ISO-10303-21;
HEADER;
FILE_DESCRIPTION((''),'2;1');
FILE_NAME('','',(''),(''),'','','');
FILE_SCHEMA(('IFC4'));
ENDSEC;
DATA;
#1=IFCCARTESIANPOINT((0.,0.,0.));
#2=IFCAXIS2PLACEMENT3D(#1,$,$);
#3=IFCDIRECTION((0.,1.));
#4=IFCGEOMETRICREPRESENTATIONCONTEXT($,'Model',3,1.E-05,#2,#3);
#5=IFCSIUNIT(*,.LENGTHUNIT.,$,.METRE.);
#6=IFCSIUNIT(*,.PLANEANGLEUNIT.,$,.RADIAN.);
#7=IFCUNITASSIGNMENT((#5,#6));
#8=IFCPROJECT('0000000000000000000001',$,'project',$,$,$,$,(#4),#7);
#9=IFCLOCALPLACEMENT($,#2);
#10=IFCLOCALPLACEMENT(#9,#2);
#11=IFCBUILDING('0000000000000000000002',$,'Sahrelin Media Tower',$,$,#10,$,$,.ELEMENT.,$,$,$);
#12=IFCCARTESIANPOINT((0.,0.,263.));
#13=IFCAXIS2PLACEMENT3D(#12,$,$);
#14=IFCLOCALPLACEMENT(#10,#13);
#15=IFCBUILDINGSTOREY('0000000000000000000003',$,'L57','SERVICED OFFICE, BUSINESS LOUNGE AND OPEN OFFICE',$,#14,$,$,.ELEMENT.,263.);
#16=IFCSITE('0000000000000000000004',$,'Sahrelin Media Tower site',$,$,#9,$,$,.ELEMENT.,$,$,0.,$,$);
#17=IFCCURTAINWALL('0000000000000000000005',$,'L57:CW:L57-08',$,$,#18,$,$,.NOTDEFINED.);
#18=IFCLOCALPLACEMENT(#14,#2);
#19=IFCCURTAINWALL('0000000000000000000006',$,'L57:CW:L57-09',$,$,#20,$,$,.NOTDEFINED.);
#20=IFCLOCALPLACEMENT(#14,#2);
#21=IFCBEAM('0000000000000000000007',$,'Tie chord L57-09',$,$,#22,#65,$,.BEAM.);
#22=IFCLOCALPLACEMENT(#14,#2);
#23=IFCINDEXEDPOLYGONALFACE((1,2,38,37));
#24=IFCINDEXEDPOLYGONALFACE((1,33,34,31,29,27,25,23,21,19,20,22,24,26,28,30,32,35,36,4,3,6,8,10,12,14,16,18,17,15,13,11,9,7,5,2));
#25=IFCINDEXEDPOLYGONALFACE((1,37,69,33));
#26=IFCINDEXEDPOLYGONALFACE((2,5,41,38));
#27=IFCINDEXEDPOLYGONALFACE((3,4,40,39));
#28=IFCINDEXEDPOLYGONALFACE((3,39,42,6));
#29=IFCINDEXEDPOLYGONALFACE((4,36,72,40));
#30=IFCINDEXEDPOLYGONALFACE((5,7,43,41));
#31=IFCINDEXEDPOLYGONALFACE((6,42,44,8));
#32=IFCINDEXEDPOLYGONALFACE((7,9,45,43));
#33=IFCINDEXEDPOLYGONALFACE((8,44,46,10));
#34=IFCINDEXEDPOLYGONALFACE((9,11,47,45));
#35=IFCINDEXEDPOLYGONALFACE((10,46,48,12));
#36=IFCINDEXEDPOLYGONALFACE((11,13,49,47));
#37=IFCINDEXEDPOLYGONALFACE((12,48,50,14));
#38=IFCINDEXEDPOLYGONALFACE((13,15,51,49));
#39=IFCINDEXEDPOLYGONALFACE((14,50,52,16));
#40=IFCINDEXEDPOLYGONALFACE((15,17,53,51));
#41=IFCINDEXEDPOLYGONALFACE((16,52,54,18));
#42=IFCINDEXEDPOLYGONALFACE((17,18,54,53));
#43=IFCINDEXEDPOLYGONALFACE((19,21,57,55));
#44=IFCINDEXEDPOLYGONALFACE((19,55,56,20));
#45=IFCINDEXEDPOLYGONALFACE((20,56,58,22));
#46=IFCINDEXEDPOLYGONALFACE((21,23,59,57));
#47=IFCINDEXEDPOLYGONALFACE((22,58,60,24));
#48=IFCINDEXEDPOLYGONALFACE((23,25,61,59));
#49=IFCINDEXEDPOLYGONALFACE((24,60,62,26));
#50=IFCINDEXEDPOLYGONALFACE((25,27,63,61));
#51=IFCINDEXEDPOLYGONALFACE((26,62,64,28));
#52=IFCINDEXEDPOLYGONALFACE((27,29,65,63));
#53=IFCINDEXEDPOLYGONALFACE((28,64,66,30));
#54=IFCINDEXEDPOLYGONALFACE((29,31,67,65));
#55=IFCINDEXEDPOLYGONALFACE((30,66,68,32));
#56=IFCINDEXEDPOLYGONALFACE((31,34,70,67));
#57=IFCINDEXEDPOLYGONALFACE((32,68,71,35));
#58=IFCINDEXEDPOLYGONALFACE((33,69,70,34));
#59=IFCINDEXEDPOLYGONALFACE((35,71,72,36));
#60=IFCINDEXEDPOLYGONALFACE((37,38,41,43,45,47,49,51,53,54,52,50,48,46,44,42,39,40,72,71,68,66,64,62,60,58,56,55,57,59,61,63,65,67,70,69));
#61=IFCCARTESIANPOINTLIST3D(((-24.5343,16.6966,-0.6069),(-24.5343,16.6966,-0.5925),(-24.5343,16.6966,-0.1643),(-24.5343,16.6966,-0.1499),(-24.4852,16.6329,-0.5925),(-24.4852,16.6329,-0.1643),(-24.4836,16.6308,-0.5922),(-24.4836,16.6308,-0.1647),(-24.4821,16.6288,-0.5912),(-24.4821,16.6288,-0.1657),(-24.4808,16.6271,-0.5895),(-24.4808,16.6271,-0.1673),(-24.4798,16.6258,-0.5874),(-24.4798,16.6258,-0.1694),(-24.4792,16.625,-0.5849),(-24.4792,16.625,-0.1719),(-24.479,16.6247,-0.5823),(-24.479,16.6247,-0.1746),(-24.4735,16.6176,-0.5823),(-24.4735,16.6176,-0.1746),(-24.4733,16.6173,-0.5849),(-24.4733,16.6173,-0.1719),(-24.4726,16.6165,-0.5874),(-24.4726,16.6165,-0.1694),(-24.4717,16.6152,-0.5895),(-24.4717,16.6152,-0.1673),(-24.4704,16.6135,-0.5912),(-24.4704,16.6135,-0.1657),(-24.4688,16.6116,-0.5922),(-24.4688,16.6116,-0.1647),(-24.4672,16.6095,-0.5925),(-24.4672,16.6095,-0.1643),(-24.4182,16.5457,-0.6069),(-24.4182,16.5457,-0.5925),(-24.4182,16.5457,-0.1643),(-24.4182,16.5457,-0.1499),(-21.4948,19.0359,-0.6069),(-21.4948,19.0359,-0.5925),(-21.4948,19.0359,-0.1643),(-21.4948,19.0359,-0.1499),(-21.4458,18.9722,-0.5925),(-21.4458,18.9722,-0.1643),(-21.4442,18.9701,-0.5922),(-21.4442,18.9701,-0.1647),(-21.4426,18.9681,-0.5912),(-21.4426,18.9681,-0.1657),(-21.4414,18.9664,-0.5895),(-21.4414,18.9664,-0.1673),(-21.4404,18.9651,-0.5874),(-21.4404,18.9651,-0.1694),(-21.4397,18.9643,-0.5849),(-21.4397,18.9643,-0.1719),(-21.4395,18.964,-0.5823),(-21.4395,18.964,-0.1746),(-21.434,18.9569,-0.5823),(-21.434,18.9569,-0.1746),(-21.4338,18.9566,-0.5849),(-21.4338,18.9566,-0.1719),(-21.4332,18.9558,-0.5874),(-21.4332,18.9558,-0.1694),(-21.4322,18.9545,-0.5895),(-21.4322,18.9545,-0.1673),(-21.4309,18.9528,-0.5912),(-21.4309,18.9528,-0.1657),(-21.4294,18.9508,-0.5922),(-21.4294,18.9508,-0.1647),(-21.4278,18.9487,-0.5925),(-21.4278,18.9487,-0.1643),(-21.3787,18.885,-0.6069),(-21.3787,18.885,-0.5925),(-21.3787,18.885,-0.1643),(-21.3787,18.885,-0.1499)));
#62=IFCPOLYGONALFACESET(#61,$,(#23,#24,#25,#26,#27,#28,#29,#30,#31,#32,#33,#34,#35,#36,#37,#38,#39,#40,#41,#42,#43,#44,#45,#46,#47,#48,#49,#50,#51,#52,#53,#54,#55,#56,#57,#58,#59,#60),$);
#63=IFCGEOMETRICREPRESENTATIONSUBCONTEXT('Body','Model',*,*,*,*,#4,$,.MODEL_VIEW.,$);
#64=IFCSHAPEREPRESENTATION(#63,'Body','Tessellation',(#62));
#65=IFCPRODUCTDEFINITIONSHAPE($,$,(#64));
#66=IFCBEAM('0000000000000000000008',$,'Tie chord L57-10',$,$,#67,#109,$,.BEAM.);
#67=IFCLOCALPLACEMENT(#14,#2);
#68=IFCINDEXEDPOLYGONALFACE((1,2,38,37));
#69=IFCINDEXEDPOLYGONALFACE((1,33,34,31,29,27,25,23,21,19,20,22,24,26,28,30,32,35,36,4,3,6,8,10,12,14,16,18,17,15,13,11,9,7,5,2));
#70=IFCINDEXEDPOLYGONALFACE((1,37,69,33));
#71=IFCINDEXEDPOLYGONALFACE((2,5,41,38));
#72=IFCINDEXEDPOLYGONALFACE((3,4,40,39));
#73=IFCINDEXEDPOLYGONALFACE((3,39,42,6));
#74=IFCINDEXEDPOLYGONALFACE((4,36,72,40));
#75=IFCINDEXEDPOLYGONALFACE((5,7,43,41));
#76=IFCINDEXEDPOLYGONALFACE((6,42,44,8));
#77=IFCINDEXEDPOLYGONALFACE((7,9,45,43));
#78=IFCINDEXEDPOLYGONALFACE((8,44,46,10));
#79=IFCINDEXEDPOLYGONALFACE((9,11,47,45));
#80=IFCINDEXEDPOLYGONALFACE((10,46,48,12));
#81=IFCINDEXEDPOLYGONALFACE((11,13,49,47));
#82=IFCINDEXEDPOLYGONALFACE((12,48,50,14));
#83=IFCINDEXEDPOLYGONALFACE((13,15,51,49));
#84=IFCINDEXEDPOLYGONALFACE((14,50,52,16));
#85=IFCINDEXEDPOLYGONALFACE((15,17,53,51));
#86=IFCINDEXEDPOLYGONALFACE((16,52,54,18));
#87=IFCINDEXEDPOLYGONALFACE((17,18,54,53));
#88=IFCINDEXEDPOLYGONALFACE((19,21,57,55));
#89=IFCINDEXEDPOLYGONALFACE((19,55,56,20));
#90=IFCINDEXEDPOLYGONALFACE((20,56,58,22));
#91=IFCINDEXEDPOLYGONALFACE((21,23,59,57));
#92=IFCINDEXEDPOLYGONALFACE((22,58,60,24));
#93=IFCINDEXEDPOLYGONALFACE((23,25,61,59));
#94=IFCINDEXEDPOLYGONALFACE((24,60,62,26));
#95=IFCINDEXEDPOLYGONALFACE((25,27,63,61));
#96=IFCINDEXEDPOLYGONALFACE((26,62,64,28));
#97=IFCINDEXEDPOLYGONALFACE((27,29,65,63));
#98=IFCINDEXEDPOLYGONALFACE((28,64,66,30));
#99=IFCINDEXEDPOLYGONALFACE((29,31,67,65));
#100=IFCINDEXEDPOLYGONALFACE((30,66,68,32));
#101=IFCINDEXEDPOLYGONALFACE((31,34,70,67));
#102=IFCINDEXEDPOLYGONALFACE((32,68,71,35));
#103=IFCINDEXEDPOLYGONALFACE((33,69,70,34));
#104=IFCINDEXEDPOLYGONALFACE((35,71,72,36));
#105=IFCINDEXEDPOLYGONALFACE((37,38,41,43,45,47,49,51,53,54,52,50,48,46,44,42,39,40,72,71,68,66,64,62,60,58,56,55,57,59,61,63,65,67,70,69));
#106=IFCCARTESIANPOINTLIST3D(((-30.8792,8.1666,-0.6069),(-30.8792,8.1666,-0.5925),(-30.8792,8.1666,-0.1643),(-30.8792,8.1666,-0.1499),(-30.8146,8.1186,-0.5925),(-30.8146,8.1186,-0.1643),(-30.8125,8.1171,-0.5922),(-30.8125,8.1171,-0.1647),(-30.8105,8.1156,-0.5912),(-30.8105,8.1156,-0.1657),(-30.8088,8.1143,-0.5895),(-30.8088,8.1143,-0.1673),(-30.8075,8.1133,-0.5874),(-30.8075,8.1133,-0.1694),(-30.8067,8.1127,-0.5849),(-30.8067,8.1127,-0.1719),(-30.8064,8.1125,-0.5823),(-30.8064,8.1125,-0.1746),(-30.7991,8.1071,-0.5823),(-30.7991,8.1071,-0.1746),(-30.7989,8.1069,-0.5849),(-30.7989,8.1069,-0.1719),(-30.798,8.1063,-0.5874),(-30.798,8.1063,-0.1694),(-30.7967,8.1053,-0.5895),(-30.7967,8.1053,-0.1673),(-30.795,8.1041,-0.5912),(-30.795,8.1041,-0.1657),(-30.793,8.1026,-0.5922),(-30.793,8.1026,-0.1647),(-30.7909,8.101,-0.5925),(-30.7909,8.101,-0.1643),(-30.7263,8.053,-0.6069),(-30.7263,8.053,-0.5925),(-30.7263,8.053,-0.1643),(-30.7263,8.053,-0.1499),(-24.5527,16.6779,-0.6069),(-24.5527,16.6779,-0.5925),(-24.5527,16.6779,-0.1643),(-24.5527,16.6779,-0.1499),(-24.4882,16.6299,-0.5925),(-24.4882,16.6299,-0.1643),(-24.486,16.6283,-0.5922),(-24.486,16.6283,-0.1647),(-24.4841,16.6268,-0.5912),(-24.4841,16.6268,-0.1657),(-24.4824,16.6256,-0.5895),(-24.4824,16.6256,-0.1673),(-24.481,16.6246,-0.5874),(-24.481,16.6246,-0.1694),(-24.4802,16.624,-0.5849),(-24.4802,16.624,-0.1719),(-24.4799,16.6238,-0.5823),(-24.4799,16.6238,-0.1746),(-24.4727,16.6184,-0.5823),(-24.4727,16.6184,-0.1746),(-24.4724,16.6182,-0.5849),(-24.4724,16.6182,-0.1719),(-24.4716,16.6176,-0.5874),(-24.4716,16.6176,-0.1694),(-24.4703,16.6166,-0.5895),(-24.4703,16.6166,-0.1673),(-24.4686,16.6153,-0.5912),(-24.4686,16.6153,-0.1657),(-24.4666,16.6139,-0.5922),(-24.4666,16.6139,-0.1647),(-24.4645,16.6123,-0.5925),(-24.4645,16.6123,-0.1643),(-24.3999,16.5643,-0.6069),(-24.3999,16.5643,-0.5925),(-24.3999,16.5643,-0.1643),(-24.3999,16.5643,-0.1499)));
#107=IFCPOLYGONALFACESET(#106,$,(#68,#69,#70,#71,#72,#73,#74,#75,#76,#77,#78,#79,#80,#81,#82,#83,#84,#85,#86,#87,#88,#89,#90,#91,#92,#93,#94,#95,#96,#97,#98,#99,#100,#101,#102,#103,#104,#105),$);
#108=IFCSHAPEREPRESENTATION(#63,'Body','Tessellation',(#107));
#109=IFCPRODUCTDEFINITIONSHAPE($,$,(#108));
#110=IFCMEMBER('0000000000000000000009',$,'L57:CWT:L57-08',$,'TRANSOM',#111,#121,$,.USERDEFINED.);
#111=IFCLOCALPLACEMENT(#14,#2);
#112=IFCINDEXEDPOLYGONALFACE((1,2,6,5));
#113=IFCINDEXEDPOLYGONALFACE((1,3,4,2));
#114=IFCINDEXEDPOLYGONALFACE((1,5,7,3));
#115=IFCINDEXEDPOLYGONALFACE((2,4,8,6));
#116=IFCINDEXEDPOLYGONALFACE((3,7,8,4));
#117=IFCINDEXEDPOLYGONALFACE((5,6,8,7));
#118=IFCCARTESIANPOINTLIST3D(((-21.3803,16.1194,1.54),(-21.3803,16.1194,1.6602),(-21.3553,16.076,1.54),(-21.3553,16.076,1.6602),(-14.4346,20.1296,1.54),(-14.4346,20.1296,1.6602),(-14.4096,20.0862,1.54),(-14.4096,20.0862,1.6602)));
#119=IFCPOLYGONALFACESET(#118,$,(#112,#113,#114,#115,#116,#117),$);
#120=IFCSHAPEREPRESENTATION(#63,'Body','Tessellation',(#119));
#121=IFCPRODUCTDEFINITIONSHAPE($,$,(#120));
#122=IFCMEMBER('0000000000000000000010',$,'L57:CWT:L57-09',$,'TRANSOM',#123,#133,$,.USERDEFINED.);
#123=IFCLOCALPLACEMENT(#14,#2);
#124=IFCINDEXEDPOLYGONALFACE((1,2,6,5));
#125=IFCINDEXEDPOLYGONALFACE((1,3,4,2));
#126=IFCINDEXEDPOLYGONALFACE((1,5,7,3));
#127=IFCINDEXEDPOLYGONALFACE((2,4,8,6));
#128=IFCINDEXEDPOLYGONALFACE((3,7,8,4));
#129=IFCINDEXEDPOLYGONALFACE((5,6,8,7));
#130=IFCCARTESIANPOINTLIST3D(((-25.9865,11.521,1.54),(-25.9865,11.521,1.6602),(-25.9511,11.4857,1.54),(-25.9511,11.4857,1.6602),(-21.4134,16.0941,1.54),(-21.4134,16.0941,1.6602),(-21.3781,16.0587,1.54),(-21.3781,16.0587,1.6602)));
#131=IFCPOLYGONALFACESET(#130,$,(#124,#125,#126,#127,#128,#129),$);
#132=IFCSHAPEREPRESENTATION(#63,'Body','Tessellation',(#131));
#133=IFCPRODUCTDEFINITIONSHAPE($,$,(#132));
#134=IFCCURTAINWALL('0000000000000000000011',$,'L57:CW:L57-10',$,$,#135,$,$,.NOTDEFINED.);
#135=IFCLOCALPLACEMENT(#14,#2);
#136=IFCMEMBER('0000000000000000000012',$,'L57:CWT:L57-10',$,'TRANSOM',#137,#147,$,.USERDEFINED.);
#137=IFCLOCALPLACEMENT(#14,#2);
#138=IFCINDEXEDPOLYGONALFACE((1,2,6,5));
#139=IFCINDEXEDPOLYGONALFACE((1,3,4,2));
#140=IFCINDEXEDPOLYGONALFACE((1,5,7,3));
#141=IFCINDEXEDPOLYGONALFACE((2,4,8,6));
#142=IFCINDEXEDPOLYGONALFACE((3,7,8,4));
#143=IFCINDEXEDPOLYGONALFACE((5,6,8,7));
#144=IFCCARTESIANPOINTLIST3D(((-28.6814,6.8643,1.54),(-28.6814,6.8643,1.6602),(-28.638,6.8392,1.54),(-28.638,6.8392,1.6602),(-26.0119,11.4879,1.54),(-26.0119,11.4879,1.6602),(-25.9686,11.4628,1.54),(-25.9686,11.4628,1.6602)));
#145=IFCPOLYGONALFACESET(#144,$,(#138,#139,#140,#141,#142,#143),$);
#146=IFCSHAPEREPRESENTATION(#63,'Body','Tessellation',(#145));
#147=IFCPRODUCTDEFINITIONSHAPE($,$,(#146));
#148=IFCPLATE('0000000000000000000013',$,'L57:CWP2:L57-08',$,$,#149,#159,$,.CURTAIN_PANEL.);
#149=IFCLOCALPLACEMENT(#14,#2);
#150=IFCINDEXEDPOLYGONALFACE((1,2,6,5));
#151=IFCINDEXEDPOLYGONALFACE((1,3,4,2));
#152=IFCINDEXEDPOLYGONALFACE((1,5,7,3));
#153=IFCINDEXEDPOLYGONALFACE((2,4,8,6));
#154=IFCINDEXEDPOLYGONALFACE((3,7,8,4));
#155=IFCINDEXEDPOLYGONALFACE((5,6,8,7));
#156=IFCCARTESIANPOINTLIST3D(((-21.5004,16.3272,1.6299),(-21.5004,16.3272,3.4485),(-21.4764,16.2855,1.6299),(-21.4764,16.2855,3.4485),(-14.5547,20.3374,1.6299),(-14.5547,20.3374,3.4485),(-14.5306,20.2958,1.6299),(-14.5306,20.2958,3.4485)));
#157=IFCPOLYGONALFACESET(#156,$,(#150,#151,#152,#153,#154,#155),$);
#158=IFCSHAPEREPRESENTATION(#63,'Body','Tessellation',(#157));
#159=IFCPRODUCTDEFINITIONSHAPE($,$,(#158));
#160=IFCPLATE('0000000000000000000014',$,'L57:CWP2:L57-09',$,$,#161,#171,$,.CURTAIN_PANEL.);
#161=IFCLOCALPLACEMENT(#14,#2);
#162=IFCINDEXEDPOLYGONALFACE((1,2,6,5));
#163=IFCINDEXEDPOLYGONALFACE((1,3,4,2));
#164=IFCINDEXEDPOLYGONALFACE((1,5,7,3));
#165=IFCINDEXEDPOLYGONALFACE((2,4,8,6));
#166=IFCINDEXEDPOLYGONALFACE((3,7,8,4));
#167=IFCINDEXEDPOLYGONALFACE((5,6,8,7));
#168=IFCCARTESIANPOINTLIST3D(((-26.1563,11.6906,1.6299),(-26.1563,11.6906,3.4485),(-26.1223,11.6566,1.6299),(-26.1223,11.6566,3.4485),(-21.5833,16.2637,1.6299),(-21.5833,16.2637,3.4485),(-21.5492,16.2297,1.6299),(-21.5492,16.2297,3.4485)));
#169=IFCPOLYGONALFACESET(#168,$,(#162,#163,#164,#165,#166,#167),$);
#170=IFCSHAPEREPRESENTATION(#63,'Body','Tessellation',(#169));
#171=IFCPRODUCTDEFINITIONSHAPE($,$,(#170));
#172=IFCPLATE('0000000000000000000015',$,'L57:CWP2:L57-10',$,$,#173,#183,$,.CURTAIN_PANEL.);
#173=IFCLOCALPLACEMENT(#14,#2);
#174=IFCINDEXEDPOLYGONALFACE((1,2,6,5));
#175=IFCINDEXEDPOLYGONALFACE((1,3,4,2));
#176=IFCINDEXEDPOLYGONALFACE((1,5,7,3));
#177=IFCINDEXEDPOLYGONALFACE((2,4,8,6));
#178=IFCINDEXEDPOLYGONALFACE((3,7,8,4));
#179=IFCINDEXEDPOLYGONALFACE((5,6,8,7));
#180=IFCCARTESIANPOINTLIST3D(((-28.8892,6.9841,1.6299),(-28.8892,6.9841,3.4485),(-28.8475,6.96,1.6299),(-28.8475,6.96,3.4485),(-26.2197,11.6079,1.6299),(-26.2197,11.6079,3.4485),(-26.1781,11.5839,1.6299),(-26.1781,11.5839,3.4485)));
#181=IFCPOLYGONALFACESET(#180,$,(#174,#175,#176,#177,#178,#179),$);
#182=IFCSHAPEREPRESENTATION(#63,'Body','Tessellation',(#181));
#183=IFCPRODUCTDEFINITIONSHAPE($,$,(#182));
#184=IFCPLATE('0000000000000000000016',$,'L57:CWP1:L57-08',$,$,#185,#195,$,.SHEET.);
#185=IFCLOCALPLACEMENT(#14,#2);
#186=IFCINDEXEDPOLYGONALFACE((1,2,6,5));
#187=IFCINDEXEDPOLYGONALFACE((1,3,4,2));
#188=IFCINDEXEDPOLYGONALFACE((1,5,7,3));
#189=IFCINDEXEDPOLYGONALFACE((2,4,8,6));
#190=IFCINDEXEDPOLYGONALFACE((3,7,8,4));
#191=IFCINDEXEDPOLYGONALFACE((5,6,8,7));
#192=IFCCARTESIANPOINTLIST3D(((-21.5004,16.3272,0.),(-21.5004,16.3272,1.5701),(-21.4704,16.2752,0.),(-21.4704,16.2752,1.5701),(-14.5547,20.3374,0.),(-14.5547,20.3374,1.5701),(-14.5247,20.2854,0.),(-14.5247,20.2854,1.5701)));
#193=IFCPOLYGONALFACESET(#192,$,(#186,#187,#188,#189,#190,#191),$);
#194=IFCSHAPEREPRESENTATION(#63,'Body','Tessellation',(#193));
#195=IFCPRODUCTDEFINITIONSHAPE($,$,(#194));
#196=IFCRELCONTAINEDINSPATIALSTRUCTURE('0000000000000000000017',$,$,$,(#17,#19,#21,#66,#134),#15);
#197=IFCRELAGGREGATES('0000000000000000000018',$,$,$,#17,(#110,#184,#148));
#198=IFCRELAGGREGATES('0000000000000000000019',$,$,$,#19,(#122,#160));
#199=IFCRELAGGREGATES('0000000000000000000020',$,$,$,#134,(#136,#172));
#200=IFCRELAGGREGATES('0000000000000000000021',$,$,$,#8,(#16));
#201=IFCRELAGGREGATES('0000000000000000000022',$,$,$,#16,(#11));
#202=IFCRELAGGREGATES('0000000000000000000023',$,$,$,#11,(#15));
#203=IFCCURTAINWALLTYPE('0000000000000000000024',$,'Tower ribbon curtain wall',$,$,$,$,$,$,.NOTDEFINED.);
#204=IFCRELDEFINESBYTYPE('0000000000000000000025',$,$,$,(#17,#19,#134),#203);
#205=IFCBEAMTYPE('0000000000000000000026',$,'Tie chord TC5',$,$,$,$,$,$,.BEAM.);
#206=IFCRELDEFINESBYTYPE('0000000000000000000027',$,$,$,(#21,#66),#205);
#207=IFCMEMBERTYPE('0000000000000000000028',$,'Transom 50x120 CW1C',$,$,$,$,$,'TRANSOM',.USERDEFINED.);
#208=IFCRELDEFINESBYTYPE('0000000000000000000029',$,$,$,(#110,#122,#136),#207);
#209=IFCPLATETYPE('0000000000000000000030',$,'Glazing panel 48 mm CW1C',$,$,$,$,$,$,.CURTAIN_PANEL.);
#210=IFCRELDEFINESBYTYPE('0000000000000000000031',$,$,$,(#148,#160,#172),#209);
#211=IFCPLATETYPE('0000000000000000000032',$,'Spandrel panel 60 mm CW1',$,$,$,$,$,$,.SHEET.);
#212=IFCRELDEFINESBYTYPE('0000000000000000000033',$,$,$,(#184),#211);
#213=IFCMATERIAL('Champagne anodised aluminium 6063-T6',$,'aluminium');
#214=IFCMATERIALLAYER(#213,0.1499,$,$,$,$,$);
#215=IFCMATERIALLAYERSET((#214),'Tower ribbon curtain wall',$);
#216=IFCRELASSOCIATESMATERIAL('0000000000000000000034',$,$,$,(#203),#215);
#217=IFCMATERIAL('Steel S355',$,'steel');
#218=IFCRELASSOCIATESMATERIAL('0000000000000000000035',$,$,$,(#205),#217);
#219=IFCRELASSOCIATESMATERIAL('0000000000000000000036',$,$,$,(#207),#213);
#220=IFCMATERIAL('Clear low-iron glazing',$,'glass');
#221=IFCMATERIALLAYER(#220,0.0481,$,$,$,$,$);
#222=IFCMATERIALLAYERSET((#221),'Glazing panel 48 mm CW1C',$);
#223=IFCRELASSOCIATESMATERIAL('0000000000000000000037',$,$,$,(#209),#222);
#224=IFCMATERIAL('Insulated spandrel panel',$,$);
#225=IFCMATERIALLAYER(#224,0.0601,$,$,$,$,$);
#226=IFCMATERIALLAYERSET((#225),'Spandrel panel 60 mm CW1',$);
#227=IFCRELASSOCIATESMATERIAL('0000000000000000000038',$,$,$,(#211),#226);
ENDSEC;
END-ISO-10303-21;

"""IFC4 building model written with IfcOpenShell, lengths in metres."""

from ifc_helpers import new_model, si_unit, direction, frame, origin, origin_2d, place, context, subcontext, project, spatial, polyline, rectangle, i_section, outline, extrude, material, layer, layer_set, material_profile, profile_set, type_object, element, aggregate, save


model = new_model("IFC4")

# Units and contexts
model_context = context("Model", 3, precision=1e-05, world=origin(), true_north=direction((0.0, 1.0)))
body_context = subcontext(model_context, "Body", "Model", "MODEL_VIEW")
ifc_project = project(units=[si_unit("LENGTHUNIT", "METRE"), si_unit("PLANEANGLEUNIT", "RADIAN")], contexts=[model_context])

# Site, building, storey
site_placement = place(None, origin())
site = spatial("IfcSite", under=ifc_project, at=site_placement, Name="Sahrelin Media Tower site", CompositionType="ELEMENT", RefElevation=0.0)
building_placement = place(site_placement, origin())
building = spatial("IfcBuilding", under=site, at=building_placement, Name="Sahrelin Media Tower", CompositionType="ELEMENT")
storey_placement = place(building_placement, frame((0.0, 0.0, 263.0)))
storey = spatial("IfcBuildingStorey", under=building, at=storey_placement, Name="L57", Description="SERVICED OFFICE, BUSINESS LOUNGE AND OPEN OFFICE", CompositionType="ELEMENT", Elevation=263.0)

# Shared definitions
ifc_material_1 = material(Name="Steel S355", Category="steel")

# Curtain walls
ifc_material_2 = material(Name="Champagne anodised aluminium 6063-T6", Category="aluminium")
ifc_layer_1 = layer(ifc_material_2, 0.1499)
ifc_layer_set_1 = layer_set([ifc_layer_1], Name="Tower ribbon curtain wall")
curtain_wall_type = type_object("IfcCurtainWallType", Name="Tower ribbon curtain wall", PredefinedType="NOTDEFINED", material=ifc_layer_set_1)
curtain_wall_1_placement = place(storey_placement, frame((-18.0176, 18.3149, 0.0), z_axis=(0.0, 0.0, 1.0), x_axis=(1.0, 0.0, 0.0)))
curtain_wall_1 = element("IfcCurtainWall", 1, at=curtain_wall_1_placement, inside=storey, type_object=curtain_wall_type, Name="L57:CW:L57-08", PredefinedType="NOTDEFINED")
curtain_wall_2_placement = place(storey_placement, frame((-23.8557, 13.9631, 0.0), z_axis=(0.0, 0.0, 1.0), x_axis=(1.0, 0.0, 0.0)))
curtain_wall_2 = element("IfcCurtainWall", 2, at=curtain_wall_2_placement, inside=storey, type_object=curtain_wall_type, Name="L57:CW:L57-09", PredefinedType="NOTDEFINED")

# Beams
ifc_material_profile_1 = material_profile(ifc_material_1, i_section(OverallWidth=0.1904, OverallDepth=0.457, WebThickness=0.009, FlangeThickness=0.0144, FilletRadius=0.0103, at=origin_2d()), Name="UB 457x191x74")
ifc_profile_set_1 = profile_set([ifc_material_profile_1], Name="Steel S355")
beam_type_1 = type_object("IfcBeamType", Name="Tie chord TC5", PredefinedType="BEAM", material=ifc_profile_set_1)
beam_1_placement = place(storey_placement, frame((-21.4368, 18.9604, -0.3784), z_axis=(-0.792468, -0.609914, 0.0), x_axis=(0.609914, -0.792468, 0.0)))
element("IfcBeam", 3, at=beam_1_placement, inside=storey, type_object=beam_type_1, Name="Tie chord L57-09", PredefinedType="BEAM", context=body_context, shape_type="SweptSolid", body=[
    extrude(i_section(OverallWidth=0.1904, OverallDepth=0.457, WebThickness=0.009, FlangeThickness=0.0144, FilletRadius=0.0103, at=origin_2d()), origin(), (0.0, 0.0, 1.0), 3.8354),
])
beam_2_placement = place(storey_placement, frame((-24.4763, 16.6211, -0.3784), z_axis=(-0.596554, -0.802573, 0.0), x_axis=(0.802573, -0.596554, 0.0)))
element("IfcBeam", 4, at=beam_2_placement, inside=storey, type_object=beam_type_1, Name="Tie chord L57-10", PredefinedType="BEAM", context=body_context, shape_type="SweptSolid", body=[
    extrude(i_section(OverallWidth=0.1904, OverallDepth=0.457, WebThickness=0.009, FlangeThickness=0.0144, FilletRadius=0.0103, at=origin_2d()), origin(), (0.0, 0.0, 1.0), 10.605),
])

# Members
ifc_material_profile_2 = material_profile(ifc_material_2, rectangle(XDim=0.05, YDim=0.1201, at=origin_2d()), Name="Transom 50x120")
ifc_profile_set_2 = profile_set([ifc_material_profile_2], Name="Champagne anodised aluminium 6063-T6")
member_type_1 = type_object("IfcMemberType", Name="Transom 50x120 CW1C", ElementType="TRANSOM", PredefinedType="USERDEFINED", material=ifc_profile_set_2)
member_1_placement = place(storey_placement, frame((-14.4221, 20.1079, 1.6001), z_axis=(-0.86602, -0.500009, 0.0), x_axis=(0.500009, -0.86602, 0.0)))
member_1 = element("IfcMember", 5, at=member_1_placement, type_object=member_type_1, Name="L57:CWT:L57-08", ObjectType="TRANSOM", PredefinedType="USERDEFINED", context=body_context, shape_type="SweptSolid", body=[
    extrude(rectangle(XDim=0.05, YDim=0.1201, at=origin_2d()), origin(), (0.0, 0.0, 1.0), 8.0203),
])
member_2_placement = place(storey_placement, frame((-21.3958, 16.0764, 1.6001), z_axis=(-0.707107, -0.707107, 0.0), x_axis=(0.707107, -0.707107, 0.0)))
member_2 = element("IfcMember", 6, at=member_2_placement, type_object=member_type_1, Name="L57:CWT:L57-09", ObjectType="TRANSOM", PredefinedType="USERDEFINED", context=body_context, shape_type="SweptSolid", body=[
    extrude(rectangle(XDim=0.05, YDim=0.1201, at=origin_2d()), origin(), (0.0, 0.0, 1.0), 6.4673),
])

# Curtain wall, member
curtain_wall_3_placement = place(storey_placement, frame((-27.5371, 9.2859, 0.0), z_axis=(0.0, 0.0, 1.0), x_axis=(1.0, 0.0, 0.0)))
curtain_wall_3 = element("IfcCurtainWall", 7, at=curtain_wall_3_placement, inside=storey, type_object=curtain_wall_type, Name="L57:CW:L57-10", PredefinedType="NOTDEFINED")
member_3_placement = place(storey_placement, frame((-25.9902, 11.4753, 1.6001), z_axis=(-0.500005, -0.866023, 0.0), x_axis=(0.866023, -0.500005, 0.0)))
member_3 = element("IfcMember", 8, at=member_3_placement, type_object=member_type_1, Name="L57:CWT:L57-10", ObjectType="TRANSOM", PredefinedType="USERDEFINED", context=body_context, shape_type="SweptSolid", body=[
    extrude(rectangle(XDim=0.05, YDim=0.1201, at=origin_2d()), origin(), (0.0, 0.0, 1.0), 5.3389),
])

# Plates
ifc_material_3 = material(Name="Clear low-iron glazing", Category="glass")
ifc_layer_2 = layer(ifc_material_3, 0.0481)
ifc_layer_set_2 = layer_set([ifc_layer_2], Name="Glazing panel 48 mm CW1C")
plate_type_1 = type_object("IfcPlateType", Name="Glazing panel 48 mm CW1C", PredefinedType="CURTAIN_PANEL", material=ifc_layer_set_2)
plate_1_placement = place(storey_placement, frame((-14.5547, 20.3374, 1.6299), z_axis=(-0.500009, 0.86602, 0.0), x_axis=(-0.86602, -0.500009, 0.0)))
plate_1 = element("IfcPlate", 9, at=plate_1_placement, type_object=plate_type_1, Name="L57:CWP2:L57-08", PredefinedType="CURTAIN_PANEL", context=body_context, shape_type="SweptSolid", body=[
    extrude(outline(polyline([(0.0, 0.0), (8.0203, 0.0), (8.0203, 1.8186), (0.0, 1.8186), (0.0, 0.0)])), origin(), (0.0, 0.0, -1.0), 0.0481),
])
plate_2_placement = place(storey_placement, frame((-21.5833, 16.2637, 1.6299), z_axis=(-0.707107, 0.707107, 0.0), x_axis=(-0.707107, -0.707107, 0.0)))
plate_2 = element("IfcPlate", 10, at=plate_2_placement, type_object=plate_type_1, Name="L57:CWP2:L57-09", PredefinedType="CURTAIN_PANEL", context=body_context, shape_type="SweptSolid", body=[
    extrude(outline(polyline([(0.0, 0.0), (6.4673, 0.0), (6.4673, 1.8186), (0.0, 1.8186), (0.0, 0.0)])), origin(), (0.0, 0.0, -1.0), 0.0481),
])
plate_3_placement = place(storey_placement, frame((-26.2197, 11.6079, 1.6299), z_axis=(-0.866034, 0.499985, 0.0), x_axis=(-0.499985, -0.866034, 0.0)))
plate_3 = element("IfcPlate", 11, at=plate_3_placement, type_object=plate_type_1, Name="L57:CWP2:L57-10", PredefinedType="CURTAIN_PANEL", context=body_context, shape_type="SweptSolid", body=[
    extrude(outline(polyline([(0.0, 0.0), (5.3391, 0.0), (5.3391, 1.8186), (0.0, 1.8186), (0.0, 0.0)])), origin(), (0.0, 0.0, -1.0), 0.0481),
])
ifc_material_4 = material(Name="Insulated spandrel panel")
ifc_layer_3 = layer(ifc_material_4, 0.0601)
ifc_layer_set_3 = layer_set([ifc_layer_3], Name="Spandrel panel 60 mm CW1")
plate_type_2 = type_object("IfcPlateType", Name="Spandrel panel 60 mm CW1", PredefinedType="SHEET", material=ifc_layer_set_3)
plate_4_placement = place(storey_placement, frame((-14.5547, 20.3374, 0.0), z_axis=(-0.500009, 0.86602, 0.0), x_axis=(-0.86602, -0.500009, 0.0)))
plate_4 = element("IfcPlate", 12, at=plate_4_placement, type_object=plate_type_2, Name="L57:CWP1:L57-08", PredefinedType="SHEET", context=body_context, shape_type="SweptSolid", body=[
    extrude(outline(polyline([(0.0, 0.0), (8.0203, 0.0), (8.0203, 1.5701), (0.0, 1.5701), (0.0, 0.0)])), origin(), (0.0, 0.0, -1.0), 0.0601),
])
aggregate(curtain_wall_1, [member_1, plate_4, plate_1])
aggregate(curtain_wall_2, [member_2, plate_2])
aggregate(curtain_wall_3, [member_3, plate_3])

save(model, "model.ifc")
